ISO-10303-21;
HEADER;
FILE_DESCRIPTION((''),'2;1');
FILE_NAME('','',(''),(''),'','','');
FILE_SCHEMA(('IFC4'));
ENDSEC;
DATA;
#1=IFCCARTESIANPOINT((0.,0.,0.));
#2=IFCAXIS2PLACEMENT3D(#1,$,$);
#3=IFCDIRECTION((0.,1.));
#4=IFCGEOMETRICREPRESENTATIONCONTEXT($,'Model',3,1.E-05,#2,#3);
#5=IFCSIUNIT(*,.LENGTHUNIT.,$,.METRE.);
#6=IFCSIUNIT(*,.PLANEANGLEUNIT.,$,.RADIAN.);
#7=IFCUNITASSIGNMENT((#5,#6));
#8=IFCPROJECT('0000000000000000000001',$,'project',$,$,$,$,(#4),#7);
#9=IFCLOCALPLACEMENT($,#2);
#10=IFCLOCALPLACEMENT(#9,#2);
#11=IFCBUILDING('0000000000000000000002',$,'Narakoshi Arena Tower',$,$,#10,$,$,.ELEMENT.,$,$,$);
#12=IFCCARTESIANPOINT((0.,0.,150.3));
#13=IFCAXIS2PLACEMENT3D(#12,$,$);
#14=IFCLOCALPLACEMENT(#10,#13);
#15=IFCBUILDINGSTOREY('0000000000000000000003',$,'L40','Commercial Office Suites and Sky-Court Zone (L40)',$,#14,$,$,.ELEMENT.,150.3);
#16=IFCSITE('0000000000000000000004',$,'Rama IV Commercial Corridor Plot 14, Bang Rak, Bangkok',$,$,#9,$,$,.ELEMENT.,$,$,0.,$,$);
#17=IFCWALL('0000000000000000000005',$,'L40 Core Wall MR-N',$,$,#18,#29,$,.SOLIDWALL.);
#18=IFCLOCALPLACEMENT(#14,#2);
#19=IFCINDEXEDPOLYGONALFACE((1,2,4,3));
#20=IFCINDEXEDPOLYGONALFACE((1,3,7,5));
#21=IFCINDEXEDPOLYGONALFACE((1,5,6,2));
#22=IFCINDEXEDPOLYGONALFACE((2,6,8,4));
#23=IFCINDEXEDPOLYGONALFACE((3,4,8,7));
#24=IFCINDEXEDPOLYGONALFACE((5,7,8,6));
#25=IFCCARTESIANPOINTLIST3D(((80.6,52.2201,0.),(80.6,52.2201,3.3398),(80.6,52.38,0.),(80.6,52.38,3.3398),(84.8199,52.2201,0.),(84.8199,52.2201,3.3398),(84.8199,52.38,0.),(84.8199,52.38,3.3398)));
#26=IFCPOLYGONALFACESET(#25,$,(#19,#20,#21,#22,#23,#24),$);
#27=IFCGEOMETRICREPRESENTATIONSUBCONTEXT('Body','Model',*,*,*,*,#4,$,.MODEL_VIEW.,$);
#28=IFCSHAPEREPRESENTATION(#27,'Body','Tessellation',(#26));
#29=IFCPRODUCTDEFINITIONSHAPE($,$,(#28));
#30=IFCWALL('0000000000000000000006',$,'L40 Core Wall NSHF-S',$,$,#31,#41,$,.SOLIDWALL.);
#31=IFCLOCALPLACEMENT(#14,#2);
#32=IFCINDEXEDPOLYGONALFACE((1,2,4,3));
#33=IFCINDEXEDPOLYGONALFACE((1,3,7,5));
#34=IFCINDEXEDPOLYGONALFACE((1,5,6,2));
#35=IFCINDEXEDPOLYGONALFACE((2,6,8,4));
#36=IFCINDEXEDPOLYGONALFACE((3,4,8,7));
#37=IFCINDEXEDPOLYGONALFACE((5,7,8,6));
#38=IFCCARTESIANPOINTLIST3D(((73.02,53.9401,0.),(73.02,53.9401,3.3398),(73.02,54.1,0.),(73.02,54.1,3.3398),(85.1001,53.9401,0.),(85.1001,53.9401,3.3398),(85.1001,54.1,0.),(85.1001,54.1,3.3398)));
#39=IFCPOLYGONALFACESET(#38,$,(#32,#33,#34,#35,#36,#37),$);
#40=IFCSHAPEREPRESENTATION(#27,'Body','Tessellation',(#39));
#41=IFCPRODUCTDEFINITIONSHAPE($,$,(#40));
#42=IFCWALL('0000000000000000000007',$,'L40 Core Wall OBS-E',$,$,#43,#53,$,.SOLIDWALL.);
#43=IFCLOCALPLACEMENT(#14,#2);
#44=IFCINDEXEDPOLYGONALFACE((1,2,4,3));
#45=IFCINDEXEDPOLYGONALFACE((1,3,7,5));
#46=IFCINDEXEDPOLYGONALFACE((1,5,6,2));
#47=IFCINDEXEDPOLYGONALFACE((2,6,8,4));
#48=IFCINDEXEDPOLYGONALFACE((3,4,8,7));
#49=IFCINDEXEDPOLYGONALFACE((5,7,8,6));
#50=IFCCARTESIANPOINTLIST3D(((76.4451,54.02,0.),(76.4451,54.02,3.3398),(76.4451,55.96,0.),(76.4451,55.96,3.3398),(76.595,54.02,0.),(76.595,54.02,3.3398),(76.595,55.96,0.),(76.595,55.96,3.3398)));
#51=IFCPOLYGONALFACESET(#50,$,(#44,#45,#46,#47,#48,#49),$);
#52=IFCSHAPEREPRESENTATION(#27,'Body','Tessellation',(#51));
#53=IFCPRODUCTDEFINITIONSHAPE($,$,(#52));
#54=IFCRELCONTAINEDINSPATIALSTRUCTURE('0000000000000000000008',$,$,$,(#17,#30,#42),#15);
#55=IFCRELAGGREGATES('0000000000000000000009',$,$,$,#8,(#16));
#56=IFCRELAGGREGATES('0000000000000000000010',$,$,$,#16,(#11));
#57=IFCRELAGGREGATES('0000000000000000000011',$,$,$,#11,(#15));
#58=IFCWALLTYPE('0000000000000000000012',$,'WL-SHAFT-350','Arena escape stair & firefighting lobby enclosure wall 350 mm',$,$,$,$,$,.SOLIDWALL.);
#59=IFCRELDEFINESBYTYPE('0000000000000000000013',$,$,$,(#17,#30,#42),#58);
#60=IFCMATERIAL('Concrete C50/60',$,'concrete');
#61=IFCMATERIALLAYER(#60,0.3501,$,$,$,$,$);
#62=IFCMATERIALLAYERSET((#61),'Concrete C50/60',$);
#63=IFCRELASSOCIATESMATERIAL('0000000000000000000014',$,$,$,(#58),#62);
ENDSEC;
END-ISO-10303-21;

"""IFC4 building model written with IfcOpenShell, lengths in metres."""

from ifc_helpers import new_model, si_unit, direction, frame, frame_2d, origin, place, context, subcontext, project, spatial, rectangle, extrude, material, layer, layer_set, type_object, element, save


model = new_model("IFC4")

# Units and contexts
model_context = context("Model", 3, precision=1e-05, world=origin(), true_north=direction((0.0, 1.0)))
body_context = subcontext(model_context, "Body", "Model", "MODEL_VIEW")
ifc_project = project(units=[si_unit("LENGTHUNIT", "METRE"), si_unit("PLANEANGLEUNIT", "RADIAN")], contexts=[model_context])

# Site, building, storey
site_placement = place(None, origin())
site = spatial("IfcSite", under=ifc_project, at=site_placement, Name="Rama IV Commercial Corridor Plot 14, Bang Rak, Bangkok", CompositionType="ELEMENT", RefElevation=0.0)
building_placement = place(site_placement, origin())
building = spatial("IfcBuilding", under=site, at=building_placement, Name="Narakoshi Arena Tower", CompositionType="ELEMENT")
storey_placement = place(building_placement, frame((0.0, 0.0, 150.3)))
storey = spatial("IfcBuildingStorey", under=building, at=storey_placement, Name="L40", Description="Commercial Office Suites and Sky-Court Zone (L40)", CompositionType="ELEMENT", Elevation=150.3)

# Shared definitions
ifc_material_1 = material(Name="Concrete C50/60", Category="concrete")
ifc_layer_1 = layer(ifc_material_1, 0.3501)
ifc_layer_set_1 = layer_set([ifc_layer_1], Name="Concrete C50/60")
wall_type_1 = type_object("IfcWallType", Name="WL-SHAFT-350", Description="Arena escape stair & firefighting lobby enclosure wall 350 mm", PredefinedType="SOLIDWALL", material=ifc_layer_set_1)

# Walls
wall_1_placement = place(storey_placement, frame((80.6001, 52.3, 0.0), z_axis=(0.0, 0.0, 1.0), x_axis=(1.0, 0.0, 0.0)))
element("IfcWall", 1, at=wall_1_placement, inside=storey, type_object=wall_type_1, Name="L40 Core Wall MR-N", PredefinedType="SOLIDWALL", context=body_context, shape_type="SweptSolid", body=[
    extrude(rectangle(XDim=4.22, YDim=0.1599, at=frame_2d((2.1099, 0.0))), origin(), (0.0, 0.0, 1.0), 3.3398),
])
wall_2_placement = place(storey_placement, frame((73.02, 54.02, 0.0), z_axis=(0.0, 0.0, 1.0), x_axis=(1.0, 0.0, 0.0)))
element("IfcWall", 2, at=wall_2_placement, inside=storey, type_object=wall_type_1, Name="L40 Core Wall NSHF-S", PredefinedType="SOLIDWALL", context=body_context, shape_type="SweptSolid", body=[
    extrude(rectangle(XDim=12.0801, YDim=0.1599, at=frame_2d((6.04, 0.0))), origin(), (0.0, 0.0, 1.0), 3.3398),
])
wall_3_placement = place(storey_placement, frame((76.52, 54.02, 0.0), z_axis=(0.0, 0.0, 1.0), x_axis=(0.0, 1.0, 0.0)))
element("IfcWall", 3, at=wall_3_placement, inside=storey, type_object=wall_type_1, Name="L40 Core Wall OBS-E", PredefinedType="SOLIDWALL", context=body_context, shape_type="SweptSolid", body=[
    extrude(rectangle(XDim=1.9399, YDim=0.1499, at=frame_2d((0.97, 0.0))), origin(), (0.0, 0.0, 1.0), 3.3398),
])

save(model, "model.ifc")
